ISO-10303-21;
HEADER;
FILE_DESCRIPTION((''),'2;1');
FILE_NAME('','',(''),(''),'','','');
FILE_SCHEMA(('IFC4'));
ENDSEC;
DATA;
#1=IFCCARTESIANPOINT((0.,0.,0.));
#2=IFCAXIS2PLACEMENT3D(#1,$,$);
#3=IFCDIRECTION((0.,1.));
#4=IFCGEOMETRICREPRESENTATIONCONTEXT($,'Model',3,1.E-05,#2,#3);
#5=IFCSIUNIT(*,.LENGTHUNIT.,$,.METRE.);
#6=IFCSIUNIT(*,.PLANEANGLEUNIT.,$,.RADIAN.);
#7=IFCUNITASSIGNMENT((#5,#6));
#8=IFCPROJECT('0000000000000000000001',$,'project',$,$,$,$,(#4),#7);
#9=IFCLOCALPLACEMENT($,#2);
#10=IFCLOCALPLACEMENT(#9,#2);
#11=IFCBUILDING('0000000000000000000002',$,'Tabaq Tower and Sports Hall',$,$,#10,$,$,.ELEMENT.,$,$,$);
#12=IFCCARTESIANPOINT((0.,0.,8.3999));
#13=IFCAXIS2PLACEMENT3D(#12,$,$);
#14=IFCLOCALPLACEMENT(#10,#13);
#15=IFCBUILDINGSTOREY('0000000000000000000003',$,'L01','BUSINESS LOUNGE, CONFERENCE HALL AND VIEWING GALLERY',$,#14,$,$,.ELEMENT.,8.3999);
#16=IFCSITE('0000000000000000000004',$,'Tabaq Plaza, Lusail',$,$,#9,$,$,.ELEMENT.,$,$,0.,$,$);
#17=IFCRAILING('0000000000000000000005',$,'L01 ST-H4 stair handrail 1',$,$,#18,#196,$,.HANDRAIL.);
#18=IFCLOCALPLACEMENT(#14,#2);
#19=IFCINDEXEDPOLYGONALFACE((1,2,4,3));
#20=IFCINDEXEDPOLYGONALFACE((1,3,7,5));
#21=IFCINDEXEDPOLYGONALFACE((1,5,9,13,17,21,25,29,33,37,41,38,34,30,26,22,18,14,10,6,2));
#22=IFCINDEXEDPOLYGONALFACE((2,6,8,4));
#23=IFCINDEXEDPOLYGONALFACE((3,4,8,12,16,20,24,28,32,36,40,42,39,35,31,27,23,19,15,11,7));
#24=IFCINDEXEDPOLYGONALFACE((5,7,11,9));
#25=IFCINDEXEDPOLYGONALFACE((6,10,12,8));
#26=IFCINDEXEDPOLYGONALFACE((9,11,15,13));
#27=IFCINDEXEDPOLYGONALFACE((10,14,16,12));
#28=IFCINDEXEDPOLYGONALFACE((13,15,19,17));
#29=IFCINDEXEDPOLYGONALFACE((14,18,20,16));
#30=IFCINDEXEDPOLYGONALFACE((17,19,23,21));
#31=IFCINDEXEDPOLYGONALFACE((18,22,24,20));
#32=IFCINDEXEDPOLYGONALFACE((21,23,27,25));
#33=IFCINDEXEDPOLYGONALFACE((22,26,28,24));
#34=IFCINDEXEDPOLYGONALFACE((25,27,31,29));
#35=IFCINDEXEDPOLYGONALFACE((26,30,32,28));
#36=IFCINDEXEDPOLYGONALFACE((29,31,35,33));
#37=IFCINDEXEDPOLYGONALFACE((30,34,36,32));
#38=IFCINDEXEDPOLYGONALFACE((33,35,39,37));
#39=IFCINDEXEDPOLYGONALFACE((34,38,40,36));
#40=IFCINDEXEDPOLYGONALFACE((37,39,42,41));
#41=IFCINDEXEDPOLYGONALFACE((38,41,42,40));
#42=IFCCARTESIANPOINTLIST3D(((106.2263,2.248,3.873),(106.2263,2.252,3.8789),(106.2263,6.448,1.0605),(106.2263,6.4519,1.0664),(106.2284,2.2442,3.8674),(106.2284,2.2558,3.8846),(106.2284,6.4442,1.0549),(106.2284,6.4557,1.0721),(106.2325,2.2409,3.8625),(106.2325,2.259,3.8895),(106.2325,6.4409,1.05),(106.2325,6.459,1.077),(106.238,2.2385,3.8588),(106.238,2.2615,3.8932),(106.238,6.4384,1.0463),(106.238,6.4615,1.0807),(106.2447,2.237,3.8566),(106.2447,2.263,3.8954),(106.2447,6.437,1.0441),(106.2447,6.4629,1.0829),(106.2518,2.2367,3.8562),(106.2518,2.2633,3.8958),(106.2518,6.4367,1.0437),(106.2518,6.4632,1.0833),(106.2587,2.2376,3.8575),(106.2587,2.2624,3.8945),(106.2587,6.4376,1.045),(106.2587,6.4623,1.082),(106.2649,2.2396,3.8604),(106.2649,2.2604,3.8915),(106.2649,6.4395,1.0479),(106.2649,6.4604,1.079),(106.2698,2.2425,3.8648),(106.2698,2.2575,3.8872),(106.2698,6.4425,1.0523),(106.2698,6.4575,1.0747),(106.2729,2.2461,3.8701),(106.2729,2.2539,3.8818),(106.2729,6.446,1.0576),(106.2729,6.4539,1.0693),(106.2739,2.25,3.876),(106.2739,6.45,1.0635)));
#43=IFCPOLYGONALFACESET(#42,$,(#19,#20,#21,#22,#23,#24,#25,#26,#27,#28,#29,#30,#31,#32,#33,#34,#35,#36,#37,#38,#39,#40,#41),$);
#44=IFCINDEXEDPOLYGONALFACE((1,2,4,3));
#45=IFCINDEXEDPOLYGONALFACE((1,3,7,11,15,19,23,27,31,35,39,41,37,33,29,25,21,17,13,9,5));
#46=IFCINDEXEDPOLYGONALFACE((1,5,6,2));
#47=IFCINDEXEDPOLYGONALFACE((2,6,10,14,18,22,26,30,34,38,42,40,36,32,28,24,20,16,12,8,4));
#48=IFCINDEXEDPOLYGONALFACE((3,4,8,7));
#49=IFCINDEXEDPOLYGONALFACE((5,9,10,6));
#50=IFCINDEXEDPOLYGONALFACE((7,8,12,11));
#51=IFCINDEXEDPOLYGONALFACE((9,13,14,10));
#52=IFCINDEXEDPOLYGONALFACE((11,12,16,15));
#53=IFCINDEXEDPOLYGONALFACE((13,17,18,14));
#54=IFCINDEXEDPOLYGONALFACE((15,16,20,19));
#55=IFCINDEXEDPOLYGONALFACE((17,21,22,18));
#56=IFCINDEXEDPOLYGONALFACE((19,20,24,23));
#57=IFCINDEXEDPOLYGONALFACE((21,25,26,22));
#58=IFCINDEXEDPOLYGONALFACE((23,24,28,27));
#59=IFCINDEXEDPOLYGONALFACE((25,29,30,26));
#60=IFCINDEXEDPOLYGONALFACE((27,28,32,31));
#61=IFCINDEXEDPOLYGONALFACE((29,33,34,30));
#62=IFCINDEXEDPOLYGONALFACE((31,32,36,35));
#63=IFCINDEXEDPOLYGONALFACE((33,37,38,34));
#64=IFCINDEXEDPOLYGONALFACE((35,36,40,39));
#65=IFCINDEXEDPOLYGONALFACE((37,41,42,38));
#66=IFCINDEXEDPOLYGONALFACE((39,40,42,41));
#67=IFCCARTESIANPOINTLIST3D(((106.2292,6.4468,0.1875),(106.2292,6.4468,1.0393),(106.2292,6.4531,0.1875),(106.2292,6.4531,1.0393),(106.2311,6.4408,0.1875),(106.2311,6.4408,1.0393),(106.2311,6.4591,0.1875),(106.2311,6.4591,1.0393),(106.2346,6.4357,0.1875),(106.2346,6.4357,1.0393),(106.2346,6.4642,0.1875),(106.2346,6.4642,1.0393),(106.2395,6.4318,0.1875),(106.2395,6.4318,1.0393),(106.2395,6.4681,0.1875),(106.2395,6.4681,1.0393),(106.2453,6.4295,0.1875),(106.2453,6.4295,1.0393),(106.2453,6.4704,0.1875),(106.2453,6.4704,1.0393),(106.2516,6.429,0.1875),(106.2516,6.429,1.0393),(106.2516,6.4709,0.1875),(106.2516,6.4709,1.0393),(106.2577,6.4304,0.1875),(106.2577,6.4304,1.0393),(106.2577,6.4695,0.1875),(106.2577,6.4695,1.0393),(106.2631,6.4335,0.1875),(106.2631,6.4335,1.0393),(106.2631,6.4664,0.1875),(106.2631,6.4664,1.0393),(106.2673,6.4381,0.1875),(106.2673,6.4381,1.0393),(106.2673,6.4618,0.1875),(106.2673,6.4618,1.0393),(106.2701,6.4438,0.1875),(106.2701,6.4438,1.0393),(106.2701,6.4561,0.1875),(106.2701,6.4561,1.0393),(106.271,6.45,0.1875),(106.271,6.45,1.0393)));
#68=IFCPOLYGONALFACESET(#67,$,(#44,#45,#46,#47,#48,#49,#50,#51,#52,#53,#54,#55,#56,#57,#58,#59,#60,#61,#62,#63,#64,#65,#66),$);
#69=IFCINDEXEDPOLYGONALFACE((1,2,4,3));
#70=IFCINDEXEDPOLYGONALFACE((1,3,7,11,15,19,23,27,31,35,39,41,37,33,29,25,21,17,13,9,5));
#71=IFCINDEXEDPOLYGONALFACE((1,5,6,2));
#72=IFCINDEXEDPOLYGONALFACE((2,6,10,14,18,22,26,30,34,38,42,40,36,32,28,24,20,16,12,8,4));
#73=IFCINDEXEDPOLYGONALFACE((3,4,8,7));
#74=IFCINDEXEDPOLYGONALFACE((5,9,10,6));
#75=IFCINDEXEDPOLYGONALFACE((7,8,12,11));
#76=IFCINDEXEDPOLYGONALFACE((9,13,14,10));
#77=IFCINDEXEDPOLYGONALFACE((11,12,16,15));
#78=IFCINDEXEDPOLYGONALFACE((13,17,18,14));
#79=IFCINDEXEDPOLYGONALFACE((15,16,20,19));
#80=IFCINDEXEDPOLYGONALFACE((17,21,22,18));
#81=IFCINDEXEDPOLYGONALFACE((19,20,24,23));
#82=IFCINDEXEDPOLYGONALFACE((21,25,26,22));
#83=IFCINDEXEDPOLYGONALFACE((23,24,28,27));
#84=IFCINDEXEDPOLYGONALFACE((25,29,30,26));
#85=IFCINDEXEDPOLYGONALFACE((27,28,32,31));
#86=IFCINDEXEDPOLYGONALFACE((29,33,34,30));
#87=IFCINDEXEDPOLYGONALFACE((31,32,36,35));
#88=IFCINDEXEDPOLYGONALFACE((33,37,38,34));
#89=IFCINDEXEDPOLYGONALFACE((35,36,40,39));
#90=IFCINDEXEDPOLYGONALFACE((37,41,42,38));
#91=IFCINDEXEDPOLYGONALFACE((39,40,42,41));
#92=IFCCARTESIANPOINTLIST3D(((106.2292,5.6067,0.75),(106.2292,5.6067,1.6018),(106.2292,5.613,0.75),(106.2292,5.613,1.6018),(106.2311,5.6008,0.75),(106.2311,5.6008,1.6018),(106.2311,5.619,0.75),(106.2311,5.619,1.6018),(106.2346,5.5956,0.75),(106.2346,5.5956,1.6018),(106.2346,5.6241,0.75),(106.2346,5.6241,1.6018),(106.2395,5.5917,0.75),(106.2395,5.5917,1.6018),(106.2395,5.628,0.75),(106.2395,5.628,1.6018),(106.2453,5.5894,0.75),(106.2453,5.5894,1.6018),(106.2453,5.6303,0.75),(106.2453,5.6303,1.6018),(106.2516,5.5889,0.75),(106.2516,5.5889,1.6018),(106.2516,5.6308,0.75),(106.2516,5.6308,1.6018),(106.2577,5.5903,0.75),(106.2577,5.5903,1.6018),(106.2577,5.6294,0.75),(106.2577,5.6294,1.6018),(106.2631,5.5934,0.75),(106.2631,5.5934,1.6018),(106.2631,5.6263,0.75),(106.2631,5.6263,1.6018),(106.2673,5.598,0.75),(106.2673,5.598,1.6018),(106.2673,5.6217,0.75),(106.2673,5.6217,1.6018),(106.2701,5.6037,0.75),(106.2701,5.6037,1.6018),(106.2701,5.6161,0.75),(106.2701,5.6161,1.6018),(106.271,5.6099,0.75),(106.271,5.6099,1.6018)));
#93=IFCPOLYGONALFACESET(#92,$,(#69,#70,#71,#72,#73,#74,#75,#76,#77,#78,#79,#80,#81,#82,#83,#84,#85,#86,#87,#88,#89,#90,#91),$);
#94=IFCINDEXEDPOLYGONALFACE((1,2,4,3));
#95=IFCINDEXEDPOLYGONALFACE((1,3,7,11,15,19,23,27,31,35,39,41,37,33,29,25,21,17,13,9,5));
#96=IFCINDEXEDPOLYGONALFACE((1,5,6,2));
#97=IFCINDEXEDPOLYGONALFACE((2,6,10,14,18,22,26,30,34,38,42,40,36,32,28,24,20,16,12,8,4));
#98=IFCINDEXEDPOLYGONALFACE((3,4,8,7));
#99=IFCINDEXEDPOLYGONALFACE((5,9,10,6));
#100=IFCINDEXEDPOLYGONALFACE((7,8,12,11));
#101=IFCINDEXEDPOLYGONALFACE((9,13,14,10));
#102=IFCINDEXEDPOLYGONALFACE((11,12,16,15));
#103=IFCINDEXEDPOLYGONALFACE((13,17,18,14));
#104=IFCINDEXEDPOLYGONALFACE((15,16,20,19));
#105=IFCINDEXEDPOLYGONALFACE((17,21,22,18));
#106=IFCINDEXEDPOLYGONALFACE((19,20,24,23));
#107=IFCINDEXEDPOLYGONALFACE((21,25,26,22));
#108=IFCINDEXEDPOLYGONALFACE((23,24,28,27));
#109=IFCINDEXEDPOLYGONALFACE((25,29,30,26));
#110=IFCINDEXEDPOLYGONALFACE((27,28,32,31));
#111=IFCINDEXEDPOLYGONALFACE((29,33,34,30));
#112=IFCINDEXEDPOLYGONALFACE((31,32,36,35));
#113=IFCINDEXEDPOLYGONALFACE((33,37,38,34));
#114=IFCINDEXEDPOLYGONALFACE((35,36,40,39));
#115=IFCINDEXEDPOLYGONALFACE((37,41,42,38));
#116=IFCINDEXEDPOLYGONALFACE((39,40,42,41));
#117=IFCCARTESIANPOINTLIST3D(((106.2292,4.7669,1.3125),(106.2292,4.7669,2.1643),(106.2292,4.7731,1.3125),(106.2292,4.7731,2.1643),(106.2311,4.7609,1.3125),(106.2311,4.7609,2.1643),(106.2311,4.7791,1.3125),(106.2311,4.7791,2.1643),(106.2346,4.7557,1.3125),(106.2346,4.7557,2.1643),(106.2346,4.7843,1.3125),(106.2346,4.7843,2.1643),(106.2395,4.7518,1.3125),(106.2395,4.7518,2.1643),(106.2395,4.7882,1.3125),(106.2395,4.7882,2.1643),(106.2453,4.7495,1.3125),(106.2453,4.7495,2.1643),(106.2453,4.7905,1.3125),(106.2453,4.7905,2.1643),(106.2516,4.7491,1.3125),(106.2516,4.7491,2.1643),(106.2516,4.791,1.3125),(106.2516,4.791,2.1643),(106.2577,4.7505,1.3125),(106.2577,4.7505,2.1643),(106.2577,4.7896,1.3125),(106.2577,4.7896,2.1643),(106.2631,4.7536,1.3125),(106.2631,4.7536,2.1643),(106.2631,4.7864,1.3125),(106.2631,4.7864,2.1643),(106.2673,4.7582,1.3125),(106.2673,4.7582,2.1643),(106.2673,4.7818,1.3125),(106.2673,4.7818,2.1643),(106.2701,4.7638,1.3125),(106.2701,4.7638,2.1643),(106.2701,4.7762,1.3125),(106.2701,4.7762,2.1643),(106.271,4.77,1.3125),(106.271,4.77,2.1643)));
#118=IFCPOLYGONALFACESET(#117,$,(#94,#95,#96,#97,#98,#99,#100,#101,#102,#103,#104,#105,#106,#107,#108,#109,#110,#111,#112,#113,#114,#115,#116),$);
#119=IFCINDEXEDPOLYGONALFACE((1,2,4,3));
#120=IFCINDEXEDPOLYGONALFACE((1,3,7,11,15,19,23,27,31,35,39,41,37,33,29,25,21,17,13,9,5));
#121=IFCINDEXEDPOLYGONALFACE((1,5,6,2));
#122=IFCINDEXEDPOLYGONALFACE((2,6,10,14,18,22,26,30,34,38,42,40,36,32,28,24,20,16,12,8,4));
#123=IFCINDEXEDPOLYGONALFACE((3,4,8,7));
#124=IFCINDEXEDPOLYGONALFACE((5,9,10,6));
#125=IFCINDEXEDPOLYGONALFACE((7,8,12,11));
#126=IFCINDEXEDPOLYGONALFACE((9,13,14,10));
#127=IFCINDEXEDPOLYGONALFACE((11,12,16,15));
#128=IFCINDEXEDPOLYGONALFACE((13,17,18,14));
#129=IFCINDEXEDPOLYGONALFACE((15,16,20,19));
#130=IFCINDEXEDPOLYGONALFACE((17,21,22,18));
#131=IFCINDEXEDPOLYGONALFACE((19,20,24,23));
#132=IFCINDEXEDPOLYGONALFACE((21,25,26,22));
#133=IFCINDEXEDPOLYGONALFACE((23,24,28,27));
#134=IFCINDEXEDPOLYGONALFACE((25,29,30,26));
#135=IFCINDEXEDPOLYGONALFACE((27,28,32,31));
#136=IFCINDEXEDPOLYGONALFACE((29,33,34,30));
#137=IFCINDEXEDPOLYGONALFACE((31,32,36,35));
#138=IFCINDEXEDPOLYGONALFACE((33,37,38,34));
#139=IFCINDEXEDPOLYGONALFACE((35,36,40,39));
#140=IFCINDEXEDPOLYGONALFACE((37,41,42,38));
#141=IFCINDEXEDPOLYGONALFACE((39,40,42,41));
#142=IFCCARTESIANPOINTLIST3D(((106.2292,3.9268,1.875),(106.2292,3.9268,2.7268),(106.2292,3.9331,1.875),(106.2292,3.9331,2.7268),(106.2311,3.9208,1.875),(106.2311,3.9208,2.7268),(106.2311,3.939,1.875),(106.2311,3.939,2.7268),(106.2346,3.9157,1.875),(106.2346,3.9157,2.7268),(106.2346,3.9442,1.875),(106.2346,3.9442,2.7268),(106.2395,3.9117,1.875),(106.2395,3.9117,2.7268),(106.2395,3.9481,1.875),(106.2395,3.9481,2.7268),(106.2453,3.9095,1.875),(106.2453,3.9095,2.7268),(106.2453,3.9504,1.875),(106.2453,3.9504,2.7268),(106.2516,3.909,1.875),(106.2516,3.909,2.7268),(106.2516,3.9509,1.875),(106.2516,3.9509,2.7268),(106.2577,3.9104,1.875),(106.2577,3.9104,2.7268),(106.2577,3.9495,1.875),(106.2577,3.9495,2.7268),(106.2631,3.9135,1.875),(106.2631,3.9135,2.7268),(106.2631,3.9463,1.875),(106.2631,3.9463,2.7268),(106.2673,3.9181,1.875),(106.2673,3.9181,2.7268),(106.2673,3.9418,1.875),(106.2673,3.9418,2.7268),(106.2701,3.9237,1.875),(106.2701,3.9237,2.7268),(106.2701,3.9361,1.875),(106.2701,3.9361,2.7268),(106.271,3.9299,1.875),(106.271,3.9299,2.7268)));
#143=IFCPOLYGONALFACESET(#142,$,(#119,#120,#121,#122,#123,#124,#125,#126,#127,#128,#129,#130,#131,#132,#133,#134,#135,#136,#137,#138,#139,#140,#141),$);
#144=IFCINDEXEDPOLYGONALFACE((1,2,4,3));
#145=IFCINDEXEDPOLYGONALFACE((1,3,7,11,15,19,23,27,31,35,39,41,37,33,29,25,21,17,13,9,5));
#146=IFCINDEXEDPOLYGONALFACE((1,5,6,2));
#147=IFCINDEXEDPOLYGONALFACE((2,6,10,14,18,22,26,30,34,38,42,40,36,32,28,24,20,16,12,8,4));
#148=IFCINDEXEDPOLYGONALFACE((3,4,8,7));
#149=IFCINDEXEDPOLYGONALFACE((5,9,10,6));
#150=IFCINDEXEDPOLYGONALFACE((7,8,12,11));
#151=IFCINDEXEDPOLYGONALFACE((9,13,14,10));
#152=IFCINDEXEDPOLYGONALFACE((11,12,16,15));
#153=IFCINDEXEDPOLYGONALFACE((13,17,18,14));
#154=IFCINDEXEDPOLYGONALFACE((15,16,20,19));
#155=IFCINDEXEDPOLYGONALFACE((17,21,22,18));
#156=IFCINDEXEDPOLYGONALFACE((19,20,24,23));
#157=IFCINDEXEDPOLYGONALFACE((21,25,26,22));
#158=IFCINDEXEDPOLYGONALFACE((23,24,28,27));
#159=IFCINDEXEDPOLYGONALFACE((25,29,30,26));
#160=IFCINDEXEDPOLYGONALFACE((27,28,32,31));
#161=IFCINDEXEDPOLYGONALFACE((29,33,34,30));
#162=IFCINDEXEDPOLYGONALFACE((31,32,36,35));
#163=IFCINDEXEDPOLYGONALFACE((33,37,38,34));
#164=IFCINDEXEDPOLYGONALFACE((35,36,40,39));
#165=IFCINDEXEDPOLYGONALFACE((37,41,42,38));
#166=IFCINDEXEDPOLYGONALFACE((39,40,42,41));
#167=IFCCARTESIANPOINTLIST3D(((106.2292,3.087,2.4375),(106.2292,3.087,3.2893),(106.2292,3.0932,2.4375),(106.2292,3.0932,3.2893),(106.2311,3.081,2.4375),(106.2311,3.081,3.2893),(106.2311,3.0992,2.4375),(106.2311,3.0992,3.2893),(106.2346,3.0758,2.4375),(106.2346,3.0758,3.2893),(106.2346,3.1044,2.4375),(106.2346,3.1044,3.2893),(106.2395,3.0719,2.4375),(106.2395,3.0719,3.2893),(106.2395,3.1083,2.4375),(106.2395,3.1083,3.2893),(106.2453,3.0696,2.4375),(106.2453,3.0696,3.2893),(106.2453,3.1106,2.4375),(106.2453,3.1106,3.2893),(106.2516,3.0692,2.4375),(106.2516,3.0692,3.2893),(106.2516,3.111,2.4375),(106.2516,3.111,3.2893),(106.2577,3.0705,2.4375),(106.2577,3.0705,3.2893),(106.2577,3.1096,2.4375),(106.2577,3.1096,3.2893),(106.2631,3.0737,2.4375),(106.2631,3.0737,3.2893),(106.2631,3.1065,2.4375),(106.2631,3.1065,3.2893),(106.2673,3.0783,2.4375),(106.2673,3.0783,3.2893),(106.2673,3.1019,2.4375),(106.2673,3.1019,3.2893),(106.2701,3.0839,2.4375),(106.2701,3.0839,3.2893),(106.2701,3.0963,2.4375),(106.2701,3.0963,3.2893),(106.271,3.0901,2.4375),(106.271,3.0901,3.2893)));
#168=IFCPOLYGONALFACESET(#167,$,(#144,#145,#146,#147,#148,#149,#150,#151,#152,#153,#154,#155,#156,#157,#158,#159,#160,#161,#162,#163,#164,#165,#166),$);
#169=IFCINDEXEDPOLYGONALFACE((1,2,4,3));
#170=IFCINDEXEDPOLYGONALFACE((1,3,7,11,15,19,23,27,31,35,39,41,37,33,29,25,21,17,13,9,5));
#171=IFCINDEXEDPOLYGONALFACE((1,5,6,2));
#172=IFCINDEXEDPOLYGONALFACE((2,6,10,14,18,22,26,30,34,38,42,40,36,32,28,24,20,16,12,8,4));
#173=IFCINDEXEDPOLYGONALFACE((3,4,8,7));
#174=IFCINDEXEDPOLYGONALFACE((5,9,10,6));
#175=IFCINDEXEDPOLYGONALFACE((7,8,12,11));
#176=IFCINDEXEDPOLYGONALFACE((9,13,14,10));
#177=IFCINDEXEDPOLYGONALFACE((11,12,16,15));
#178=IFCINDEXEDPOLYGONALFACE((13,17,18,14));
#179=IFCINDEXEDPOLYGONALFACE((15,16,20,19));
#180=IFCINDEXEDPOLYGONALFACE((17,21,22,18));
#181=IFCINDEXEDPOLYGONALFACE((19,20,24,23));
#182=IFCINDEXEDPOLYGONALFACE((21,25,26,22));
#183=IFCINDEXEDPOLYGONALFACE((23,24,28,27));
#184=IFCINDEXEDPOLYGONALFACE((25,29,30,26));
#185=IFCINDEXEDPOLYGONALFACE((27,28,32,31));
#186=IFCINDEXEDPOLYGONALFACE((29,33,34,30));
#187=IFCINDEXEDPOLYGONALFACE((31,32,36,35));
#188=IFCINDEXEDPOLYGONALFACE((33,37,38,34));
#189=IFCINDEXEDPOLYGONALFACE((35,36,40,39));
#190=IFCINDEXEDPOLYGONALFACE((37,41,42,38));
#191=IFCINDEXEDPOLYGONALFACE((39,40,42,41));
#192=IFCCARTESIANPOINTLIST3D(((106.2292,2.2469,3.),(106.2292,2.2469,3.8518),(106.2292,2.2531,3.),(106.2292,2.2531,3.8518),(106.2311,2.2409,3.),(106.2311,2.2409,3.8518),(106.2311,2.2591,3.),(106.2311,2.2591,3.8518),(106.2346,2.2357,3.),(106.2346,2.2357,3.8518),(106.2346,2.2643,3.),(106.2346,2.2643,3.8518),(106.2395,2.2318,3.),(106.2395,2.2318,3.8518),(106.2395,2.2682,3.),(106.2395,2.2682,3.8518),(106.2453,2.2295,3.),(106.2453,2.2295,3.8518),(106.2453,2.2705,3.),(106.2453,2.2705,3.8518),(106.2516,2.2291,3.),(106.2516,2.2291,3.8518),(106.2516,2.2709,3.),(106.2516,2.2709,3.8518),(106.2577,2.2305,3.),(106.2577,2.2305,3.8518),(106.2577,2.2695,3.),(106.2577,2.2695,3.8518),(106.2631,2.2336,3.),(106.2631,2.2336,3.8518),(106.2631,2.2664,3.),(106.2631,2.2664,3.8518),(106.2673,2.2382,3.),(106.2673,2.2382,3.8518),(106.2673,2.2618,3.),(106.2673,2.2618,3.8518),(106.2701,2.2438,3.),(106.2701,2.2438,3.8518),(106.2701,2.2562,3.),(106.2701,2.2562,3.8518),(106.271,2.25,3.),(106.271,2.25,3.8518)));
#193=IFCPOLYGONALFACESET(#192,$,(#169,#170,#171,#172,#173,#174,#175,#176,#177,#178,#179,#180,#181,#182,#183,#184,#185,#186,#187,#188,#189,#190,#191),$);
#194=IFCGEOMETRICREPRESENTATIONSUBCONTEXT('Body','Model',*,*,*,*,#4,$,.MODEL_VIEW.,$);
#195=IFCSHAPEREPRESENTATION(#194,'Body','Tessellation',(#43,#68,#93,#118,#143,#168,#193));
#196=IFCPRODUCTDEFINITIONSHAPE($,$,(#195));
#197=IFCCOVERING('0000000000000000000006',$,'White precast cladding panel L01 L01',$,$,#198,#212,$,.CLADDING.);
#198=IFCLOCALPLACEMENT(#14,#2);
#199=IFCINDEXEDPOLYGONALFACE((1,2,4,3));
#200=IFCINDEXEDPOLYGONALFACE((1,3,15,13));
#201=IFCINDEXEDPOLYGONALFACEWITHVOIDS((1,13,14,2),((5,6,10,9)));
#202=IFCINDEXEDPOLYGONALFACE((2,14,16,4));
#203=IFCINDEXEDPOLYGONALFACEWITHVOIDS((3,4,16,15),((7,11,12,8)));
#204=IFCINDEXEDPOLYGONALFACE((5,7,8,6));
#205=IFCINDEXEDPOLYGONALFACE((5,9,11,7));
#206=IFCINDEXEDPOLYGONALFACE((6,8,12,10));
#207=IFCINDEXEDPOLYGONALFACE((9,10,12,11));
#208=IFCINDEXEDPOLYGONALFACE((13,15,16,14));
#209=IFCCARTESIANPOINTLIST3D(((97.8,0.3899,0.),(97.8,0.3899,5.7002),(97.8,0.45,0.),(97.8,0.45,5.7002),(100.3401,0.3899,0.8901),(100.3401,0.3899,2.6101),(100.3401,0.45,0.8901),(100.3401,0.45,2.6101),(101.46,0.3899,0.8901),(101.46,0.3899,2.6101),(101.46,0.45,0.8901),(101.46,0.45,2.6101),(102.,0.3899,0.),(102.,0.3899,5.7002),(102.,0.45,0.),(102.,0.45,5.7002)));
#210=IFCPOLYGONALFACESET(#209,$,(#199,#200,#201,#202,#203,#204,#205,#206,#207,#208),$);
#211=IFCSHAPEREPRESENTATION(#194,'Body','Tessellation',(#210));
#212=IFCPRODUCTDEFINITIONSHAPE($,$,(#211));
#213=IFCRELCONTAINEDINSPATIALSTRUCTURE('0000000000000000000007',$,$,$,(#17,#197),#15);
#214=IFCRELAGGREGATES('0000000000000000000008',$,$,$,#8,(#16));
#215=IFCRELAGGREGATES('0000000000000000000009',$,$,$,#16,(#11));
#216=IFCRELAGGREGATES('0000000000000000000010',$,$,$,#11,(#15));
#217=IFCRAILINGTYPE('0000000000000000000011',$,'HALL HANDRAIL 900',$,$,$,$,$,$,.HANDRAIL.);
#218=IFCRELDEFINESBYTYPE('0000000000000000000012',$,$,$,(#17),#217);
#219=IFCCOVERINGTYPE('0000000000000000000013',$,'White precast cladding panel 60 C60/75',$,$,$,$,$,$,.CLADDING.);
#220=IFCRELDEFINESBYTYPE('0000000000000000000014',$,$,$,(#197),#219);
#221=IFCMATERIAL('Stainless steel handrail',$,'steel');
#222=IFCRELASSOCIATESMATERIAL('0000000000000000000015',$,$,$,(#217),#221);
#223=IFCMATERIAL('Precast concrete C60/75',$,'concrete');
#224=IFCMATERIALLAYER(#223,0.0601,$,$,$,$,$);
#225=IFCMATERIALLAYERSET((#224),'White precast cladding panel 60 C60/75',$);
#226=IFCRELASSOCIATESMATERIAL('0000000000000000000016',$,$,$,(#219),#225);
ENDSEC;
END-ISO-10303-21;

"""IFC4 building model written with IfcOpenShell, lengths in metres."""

from ifc_helpers import new_model, si_unit, direction, frame, origin, origin_2d, place, context, subcontext, project, spatial, polyline, circle, outline, extrude, material, layer, layer_set, type_object, element, save


model = new_model("IFC4")

# Units and contexts
model_context = context("Model", 3, precision=1e-05, world=origin(), true_north=direction((0.0, 1.0)))
body_context = subcontext(model_context, "Body", "Model", "MODEL_VIEW")
ifc_project = project(units=[si_unit("LENGTHUNIT", "METRE"), si_unit("PLANEANGLEUNIT", "RADIAN")], contexts=[model_context])

# Site, building, storey
site_placement = place(None, origin())
site = spatial("IfcSite", under=ifc_project, at=site_placement, Name="Tabaq Plaza, Lusail", CompositionType="ELEMENT", RefElevation=0.0)
building_placement = place(site_placement, origin())
building = spatial("IfcBuilding", under=site, at=building_placement, Name="Tabaq Tower and Sports Hall", CompositionType="ELEMENT")
storey_placement = place(building_placement, frame((0.0, 0.0, 8.3999)))
storey = spatial("IfcBuildingStorey", under=building, at=storey_placement, Name="L01", Description="BUSINESS LOUNGE, CONFERENCE HALL AND VIEWING GALLERY", CompositionType="ELEMENT", Elevation=8.3999)

# Railing
ifc_material_1 = material(Name="Stainless steel handrail", Category="steel")
railing_type_1 = type_object("IfcRailingType", Name="HALL HANDRAIL 900", PredefinedType="HANDRAIL", material=ifc_material_1)
railing_1_placement = place(storey_placement, frame((106.25, 6.45, 0.1875)))
element("IfcRailing", 1, at=railing_1_placement, inside=storey, type_object=railing_type_1, Name="L01 ST-H4 stair handrail 1", PredefinedType="HANDRAIL", context=body_context, shape_type="SweptSolid", body=[
    extrude(circle(Radius=0.0239, at=origin_2d()), frame((0.0, 0.0, 0.876), z_axis=(0.0, -0.830904, 0.556416), x_axis=(1.0, 0.0, 0.0)), (0.0, 0.0, 1.0), 5.0547),
    extrude(circle(Radius=0.021, at=origin_2d()), origin(), (0.0, 0.0, 1.0), 0.8518),
    extrude(circle(Radius=0.021, at=origin_2d()), frame((0.0, -0.8401, 0.5625)), (0.0, 0.0, 1.0), 0.8518),
    extrude(circle(Radius=0.021, at=origin_2d()), frame((0.0, -1.6799, 1.125)), (0.0, 0.0, 1.0), 0.8518),
    extrude(circle(Radius=0.021, at=origin_2d()), frame((0.0, -2.52, 1.6875)), (0.0, 0.0, 1.0), 0.8518),
    extrude(circle(Radius=0.021, at=origin_2d()), frame((0.0, -3.3599, 2.25)), (0.0, 0.0, 1.0), 0.8518),
    extrude(circle(Radius=0.021, at=origin_2d()), frame((0.0, -4.2, 2.8125)), (0.0, 0.0, 1.0), 0.8518),
])

# Covering
ifc_material_2 = material(Name="Precast concrete C60/75", Category="concrete")
ifc_layer_1 = layer(ifc_material_2, 0.0601)
ifc_layer_set_1 = layer_set([ifc_layer_1], Name="White precast cladding panel 60 C60/75")
covering_type = type_object("IfcCoveringType", Name="White precast cladding panel 60 C60/75", PredefinedType="CLADDING", material=ifc_layer_set_1)
covering_placement = place(storey_placement, frame((97.8, 0.4199, 0.0), z_axis=(0.0, 0.0, 1.0), x_axis=(1.0, 0.0, 0.0)))
element("IfcCovering", 2, at=covering_placement, inside=storey, type_object=covering_type, Name="White precast cladding panel L01 L01", PredefinedType="CLADDING", context=body_context, shape_type="SweptSolid", body=[
    extrude(outline(polyline([(0.0, 0.0), (4.2, 0.0), (4.2, 5.7002), (0.0, 5.7002), (0.0, 0.0)]), holes=[polyline([(2.54, 0.8901), (2.54, 2.6101), (3.6599, 2.6101), (3.6599, 0.8901), (2.54, 0.8901)])]), frame((0.0, 0.03, 0.0), z_axis=(0.0, -1.0, 0.0), x_axis=(1.0, 0.0, 0.0)), (0.0, 0.0, 1.0), 0.0601),
])

save(model, "model.ifc")
